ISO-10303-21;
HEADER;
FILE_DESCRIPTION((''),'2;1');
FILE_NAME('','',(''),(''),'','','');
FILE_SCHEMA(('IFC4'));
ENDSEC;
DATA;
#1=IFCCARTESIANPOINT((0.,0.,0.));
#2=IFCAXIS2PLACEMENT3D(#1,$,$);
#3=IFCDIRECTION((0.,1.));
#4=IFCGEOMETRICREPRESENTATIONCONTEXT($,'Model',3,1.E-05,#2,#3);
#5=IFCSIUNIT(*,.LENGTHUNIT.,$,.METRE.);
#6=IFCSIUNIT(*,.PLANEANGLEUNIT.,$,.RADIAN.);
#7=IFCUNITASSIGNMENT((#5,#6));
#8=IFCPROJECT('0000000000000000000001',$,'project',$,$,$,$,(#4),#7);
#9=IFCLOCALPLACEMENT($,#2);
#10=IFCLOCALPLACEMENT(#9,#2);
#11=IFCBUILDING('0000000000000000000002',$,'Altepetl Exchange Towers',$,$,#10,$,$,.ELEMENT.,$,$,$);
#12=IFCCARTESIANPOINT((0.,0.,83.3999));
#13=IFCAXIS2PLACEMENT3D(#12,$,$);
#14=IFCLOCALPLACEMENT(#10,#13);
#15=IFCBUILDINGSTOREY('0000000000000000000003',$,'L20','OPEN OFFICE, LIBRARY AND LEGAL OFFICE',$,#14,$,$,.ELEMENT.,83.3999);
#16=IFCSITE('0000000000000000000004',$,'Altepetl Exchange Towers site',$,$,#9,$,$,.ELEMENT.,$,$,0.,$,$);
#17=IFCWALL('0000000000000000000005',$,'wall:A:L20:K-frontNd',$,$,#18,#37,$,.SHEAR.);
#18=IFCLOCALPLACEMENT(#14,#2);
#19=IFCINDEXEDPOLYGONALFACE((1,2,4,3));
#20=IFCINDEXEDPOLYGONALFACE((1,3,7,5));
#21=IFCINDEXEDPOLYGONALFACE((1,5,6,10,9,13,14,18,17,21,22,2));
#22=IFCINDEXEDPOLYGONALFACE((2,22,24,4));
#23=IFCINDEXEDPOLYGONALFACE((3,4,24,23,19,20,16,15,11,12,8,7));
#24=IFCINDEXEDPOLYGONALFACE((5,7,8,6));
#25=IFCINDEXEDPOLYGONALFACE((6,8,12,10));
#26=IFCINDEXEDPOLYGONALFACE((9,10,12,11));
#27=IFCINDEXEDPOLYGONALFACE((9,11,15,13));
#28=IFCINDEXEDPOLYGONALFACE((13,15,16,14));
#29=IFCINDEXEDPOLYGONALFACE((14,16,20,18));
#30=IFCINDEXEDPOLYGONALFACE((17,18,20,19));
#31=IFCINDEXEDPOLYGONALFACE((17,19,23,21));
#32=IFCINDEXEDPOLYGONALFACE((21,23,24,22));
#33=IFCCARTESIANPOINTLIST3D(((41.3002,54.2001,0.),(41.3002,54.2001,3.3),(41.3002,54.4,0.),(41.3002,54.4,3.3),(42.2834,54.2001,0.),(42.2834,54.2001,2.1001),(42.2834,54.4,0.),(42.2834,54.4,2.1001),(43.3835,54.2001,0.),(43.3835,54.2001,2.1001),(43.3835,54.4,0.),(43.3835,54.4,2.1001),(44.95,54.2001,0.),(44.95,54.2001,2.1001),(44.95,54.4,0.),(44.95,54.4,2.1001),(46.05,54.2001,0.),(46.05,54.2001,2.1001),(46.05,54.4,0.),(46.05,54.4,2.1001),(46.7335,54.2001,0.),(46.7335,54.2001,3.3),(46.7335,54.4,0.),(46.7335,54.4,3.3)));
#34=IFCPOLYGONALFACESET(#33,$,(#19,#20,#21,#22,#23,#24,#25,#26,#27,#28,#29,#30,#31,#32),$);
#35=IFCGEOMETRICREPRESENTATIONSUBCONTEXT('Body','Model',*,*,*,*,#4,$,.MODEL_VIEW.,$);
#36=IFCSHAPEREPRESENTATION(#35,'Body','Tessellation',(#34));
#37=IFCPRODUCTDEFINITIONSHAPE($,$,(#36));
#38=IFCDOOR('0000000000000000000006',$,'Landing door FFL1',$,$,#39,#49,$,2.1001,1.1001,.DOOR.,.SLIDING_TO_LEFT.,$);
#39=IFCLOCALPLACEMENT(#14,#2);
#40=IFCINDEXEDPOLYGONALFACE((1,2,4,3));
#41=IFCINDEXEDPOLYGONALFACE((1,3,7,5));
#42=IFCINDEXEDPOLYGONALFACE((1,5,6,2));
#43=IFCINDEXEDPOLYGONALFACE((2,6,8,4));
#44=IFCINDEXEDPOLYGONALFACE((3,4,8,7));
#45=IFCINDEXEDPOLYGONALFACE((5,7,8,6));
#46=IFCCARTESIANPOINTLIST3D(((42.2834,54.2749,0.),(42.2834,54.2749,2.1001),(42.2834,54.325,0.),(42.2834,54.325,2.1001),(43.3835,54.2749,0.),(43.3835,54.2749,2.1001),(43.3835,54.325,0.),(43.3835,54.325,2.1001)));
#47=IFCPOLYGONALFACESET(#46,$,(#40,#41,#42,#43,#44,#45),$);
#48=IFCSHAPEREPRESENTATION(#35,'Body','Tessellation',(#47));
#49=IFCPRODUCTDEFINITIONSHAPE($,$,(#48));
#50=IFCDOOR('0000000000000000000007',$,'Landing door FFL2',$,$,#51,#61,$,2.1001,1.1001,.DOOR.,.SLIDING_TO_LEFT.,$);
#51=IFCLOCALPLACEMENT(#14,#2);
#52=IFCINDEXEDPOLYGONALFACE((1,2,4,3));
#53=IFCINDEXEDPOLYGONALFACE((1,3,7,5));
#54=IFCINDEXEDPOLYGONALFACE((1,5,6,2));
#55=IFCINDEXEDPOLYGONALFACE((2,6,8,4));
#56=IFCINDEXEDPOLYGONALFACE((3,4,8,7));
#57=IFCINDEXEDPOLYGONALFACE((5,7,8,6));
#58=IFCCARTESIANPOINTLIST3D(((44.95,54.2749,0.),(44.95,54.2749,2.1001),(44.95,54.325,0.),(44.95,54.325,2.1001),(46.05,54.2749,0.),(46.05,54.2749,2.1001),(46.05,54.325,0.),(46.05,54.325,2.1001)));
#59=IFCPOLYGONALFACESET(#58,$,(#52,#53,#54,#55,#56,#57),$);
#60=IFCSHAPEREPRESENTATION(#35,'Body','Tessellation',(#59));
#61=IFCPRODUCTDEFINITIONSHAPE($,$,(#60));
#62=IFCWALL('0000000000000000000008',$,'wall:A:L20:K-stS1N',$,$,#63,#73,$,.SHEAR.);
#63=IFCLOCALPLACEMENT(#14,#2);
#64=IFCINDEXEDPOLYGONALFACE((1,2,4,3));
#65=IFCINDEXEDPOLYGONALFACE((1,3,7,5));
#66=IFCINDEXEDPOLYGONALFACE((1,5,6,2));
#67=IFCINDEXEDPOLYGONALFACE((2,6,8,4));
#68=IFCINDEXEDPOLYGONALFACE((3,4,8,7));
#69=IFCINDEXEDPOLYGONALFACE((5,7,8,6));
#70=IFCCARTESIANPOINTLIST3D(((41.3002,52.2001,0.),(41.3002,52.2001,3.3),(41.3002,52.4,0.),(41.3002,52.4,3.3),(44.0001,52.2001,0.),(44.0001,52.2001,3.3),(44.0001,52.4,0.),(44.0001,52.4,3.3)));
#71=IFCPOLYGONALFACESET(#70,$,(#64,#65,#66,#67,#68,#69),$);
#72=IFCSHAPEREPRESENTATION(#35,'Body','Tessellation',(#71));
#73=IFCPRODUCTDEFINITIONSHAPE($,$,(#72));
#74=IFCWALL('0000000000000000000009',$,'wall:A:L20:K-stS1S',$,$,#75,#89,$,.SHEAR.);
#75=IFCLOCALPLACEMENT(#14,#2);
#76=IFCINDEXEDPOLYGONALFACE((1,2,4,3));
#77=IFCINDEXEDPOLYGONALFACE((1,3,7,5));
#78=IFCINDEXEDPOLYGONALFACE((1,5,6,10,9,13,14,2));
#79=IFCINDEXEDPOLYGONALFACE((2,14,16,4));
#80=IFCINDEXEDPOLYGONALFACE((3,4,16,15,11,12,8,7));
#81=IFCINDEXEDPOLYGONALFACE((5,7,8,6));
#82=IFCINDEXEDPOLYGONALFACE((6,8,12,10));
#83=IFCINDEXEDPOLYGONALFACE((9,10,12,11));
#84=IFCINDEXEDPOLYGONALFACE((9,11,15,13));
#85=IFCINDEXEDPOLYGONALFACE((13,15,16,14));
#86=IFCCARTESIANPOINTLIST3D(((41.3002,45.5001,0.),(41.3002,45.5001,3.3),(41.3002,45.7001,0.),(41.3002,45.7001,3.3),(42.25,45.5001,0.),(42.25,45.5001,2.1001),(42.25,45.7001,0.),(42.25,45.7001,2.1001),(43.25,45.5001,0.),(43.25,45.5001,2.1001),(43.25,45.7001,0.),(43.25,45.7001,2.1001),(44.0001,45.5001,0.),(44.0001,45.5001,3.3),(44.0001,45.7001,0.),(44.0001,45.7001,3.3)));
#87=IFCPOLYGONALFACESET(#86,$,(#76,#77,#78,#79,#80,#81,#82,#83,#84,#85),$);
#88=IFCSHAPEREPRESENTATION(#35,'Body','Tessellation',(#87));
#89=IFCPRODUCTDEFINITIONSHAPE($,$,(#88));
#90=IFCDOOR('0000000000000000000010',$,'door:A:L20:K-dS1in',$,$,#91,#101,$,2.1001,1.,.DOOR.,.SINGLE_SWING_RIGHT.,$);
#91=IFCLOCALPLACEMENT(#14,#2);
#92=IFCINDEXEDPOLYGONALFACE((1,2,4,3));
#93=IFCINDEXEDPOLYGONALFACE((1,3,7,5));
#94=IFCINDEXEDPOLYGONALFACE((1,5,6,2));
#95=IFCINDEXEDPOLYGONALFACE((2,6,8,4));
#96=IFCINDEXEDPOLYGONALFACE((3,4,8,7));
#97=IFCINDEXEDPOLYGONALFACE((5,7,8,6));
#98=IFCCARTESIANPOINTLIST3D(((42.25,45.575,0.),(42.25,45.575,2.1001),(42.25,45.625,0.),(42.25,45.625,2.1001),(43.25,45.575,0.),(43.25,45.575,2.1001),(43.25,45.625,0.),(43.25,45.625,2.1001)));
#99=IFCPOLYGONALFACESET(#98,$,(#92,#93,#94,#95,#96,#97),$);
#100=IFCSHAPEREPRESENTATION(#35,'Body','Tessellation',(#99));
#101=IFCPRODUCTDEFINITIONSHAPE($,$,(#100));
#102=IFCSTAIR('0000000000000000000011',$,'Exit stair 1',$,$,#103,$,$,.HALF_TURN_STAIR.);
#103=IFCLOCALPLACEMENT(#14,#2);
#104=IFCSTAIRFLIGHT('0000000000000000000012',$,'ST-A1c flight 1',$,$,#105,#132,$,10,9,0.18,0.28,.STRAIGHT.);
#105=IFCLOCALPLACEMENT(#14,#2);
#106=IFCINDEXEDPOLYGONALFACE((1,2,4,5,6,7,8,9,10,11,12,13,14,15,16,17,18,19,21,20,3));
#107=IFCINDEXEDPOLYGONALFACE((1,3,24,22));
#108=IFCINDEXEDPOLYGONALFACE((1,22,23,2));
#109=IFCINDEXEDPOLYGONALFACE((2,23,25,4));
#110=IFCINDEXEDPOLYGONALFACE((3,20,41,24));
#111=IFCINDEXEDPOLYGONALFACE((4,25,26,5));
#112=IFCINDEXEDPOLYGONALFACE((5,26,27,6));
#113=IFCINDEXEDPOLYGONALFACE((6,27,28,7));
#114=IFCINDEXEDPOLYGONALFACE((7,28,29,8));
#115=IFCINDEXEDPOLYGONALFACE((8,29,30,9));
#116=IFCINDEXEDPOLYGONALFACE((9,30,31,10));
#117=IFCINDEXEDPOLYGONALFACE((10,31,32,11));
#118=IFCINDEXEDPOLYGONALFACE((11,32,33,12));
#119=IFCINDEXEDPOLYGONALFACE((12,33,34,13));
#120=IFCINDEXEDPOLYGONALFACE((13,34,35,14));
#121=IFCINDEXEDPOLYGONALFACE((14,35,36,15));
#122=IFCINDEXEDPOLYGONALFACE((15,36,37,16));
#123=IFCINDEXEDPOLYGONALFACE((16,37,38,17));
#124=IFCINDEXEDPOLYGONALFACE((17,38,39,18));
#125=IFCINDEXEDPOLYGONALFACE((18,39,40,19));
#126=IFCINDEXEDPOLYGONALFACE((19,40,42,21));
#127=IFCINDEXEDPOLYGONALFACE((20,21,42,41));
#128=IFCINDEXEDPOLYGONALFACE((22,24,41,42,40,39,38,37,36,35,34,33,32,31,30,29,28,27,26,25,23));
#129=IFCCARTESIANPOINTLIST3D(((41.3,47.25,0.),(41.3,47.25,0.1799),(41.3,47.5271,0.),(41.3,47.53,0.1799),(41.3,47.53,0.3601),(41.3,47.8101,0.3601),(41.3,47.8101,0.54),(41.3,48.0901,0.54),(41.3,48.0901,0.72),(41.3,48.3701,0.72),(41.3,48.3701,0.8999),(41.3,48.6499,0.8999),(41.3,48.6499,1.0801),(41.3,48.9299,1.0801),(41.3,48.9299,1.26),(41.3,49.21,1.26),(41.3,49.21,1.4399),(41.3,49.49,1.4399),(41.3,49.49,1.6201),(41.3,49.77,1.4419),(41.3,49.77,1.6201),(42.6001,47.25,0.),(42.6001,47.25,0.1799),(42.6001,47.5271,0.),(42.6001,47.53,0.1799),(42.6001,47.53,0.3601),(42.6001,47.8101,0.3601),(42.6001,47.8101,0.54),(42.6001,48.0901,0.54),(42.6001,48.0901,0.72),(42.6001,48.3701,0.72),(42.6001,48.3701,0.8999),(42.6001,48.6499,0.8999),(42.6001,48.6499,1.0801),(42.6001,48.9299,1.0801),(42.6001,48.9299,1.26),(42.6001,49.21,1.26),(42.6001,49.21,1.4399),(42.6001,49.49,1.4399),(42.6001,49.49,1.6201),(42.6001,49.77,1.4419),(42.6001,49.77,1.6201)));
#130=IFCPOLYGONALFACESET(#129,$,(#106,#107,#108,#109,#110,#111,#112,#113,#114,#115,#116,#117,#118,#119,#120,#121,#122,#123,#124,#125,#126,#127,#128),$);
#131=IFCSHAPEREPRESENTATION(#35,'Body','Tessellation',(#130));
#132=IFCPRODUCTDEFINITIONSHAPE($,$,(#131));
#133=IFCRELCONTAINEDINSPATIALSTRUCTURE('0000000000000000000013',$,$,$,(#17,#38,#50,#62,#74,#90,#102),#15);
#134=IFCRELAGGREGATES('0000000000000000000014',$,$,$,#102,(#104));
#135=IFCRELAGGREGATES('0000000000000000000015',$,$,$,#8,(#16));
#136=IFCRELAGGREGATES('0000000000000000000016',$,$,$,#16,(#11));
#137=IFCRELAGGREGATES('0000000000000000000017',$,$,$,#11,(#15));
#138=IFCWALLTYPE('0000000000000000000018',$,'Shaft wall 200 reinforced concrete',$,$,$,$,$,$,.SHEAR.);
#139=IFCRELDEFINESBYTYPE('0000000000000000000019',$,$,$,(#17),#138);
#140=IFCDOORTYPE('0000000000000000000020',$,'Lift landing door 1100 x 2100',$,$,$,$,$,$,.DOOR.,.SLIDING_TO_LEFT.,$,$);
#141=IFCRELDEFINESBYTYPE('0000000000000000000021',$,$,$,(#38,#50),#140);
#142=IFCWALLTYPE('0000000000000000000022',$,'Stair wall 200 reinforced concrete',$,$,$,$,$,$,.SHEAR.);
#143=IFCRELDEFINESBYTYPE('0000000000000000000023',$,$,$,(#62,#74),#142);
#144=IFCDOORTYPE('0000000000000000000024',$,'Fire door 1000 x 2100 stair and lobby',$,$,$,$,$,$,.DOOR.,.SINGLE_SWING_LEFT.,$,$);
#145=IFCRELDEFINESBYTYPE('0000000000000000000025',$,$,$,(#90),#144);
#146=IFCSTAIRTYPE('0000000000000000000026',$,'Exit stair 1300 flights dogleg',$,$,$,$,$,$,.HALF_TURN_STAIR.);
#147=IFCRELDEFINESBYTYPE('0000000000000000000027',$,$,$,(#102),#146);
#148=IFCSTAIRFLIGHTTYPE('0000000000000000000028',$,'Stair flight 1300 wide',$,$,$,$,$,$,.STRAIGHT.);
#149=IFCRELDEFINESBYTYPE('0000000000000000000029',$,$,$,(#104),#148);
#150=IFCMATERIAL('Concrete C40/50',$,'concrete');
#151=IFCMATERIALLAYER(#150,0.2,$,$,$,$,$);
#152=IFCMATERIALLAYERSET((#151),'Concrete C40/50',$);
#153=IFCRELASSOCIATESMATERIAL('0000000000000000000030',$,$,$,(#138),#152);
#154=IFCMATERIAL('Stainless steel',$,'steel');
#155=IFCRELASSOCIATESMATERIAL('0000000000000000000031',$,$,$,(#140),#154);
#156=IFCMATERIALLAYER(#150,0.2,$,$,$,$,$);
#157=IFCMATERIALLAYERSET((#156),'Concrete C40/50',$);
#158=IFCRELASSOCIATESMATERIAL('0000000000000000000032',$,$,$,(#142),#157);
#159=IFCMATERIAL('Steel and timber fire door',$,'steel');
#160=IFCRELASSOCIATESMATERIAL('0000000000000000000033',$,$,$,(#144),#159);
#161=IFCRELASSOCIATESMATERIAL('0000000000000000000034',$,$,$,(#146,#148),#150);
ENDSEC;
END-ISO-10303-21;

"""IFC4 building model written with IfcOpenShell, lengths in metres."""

from ifc_helpers import new_model, si_unit, direction, frame, frame_2d, origin, place, context, subcontext, project, spatial, polyline, rectangle, outline, extrude, material, layer, layer_set, type_object, element, fill, aggregate, save


model = new_model("IFC4")

# Units and contexts
model_context = context("Model", 3, precision=1e-05, world=origin(), true_north=direction((0.0, 1.0)))
body_context = subcontext(model_context, "Body", "Model", "MODEL_VIEW")
ifc_project = project(units=[si_unit("LENGTHUNIT", "METRE"), si_unit("PLANEANGLEUNIT", "RADIAN")], contexts=[model_context])

# Site, building, storey
site_placement = place(None, origin())
site = spatial("IfcSite", under=ifc_project, at=site_placement, Name="Altepetl Exchange Towers site", CompositionType="ELEMENT", RefElevation=0.0)
building_placement = place(site_placement, origin())
building = spatial("IfcBuilding", under=site, at=building_placement, Name="Altepetl Exchange Towers", CompositionType="ELEMENT")
storey_placement = place(building_placement, frame((0.0, 0.0, 83.3999)))
storey = spatial("IfcBuildingStorey", under=building, at=storey_placement, Name="L20", Description="OPEN OFFICE, LIBRARY AND LEGAL OFFICE", CompositionType="ELEMENT", Elevation=83.3999)

# Wall, openings, doors
ifc_material_1 = material(Name="Concrete C40/50", Category="concrete")
ifc_layer_1 = layer(ifc_material_1, 0.2)
ifc_layer_set_1 = layer_set([ifc_layer_1], Name="Concrete C40/50")
wall_type_1 = type_object("IfcWallType", Name="Shaft wall 200 reinforced concrete", PredefinedType="SHEAR", material=ifc_layer_set_1)
wall_1_placement = place(storey_placement, frame((41.3, 54.3, 0.0)))
wall_1 = element("IfcWall", 1, at=wall_1_placement, inside=storey, type_object=wall_type_1, Name="wall:A:L20:K-frontNd", PredefinedType="SHEAR", context=body_context, shape_type="SweptSolid", body=[
    extrude(rectangle(XDim=5.4333, YDim=0.2, at=frame_2d((2.7168, 0.0))), origin(), (0.0, 0.0, 1.0), 3.3),
])
opening_1_placement = place(wall_1_placement, frame((0.9834, 0.0, 0.0)))
opening_1 = element("IfcOpeningElement", 2, at=opening_1_placement, cuts=wall_1, PredefinedType="OPENING", context=body_context, shape_type="SweptSolid", body=[
    extrude(rectangle(XDim=1.1001, YDim=2.1001, at=frame_2d((0.55, 1.05))), frame((0.0, 0.1099, 0.0), z_axis=(0.0, -1.0, 0.0), x_axis=(1.0, 0.0, 0.0)), (0.0, 0.0, 1.0), 0.22),
])
opening_2_placement = place(wall_1_placement, frame((3.6499, 0.0, 0.0)))
opening_2 = element("IfcOpeningElement", 3, at=opening_2_placement, cuts=wall_1, PredefinedType="OPENING", context=body_context, shape_type="SweptSolid", body=[
    extrude(rectangle(XDim=1.1001, YDim=2.1001, at=frame_2d((0.55, 1.05))), frame((0.0, 0.1099, 0.0), z_axis=(0.0, -1.0, 0.0), x_axis=(1.0, 0.0, 0.0)), (0.0, 0.0, 1.0), 0.22),
])
ifc_material_2 = material(Name="Stainless steel", Category="steel")
door_type_1 = type_object("IfcDoorType", Name="Lift landing door 1100 x 2100", OperationType="SLIDING_TO_LEFT", PredefinedType="DOOR", material=ifc_material_2)
door_1_placement = place(opening_1_placement, origin())
door_1 = element("IfcDoor", 4, at=door_1_placement, inside=storey, type_object=door_type_1, Name="Landing door FFL1", OperationType="SLIDING_TO_LEFT", OverallHeight=2.1001, OverallWidth=1.1001, PredefinedType="DOOR", context=body_context, shape_type="SweptSolid", body=[
    extrude(rectangle(XDim=1.1001, YDim=2.1001, at=frame_2d((0.55, 1.05))), frame((0.0, 0.0249, 0.0), z_axis=(0.0, -1.0, 0.0), x_axis=(1.0, 0.0, 0.0)), (0.0, 0.0, 1.0), 0.05),
])
fill(opening_1, door_1)
door_2_placement = place(opening_2_placement, origin())
door_2 = element("IfcDoor", 5, at=door_2_placement, inside=storey, type_object=door_type_1, Name="Landing door FFL2", OperationType="SLIDING_TO_LEFT", OverallHeight=2.1001, OverallWidth=1.1001, PredefinedType="DOOR", context=body_context, shape_type="SweptSolid", body=[
    extrude(rectangle(XDim=1.1001, YDim=2.1001, at=frame_2d((0.55, 1.05))), frame((0.0, 0.0249, 0.0), z_axis=(0.0, -1.0, 0.0), x_axis=(1.0, 0.0, 0.0)), (0.0, 0.0, 1.0), 0.05),
])
fill(opening_2, door_2)

# Wall
ifc_layer_2 = layer(ifc_material_1, 0.2)
ifc_layer_set_2 = layer_set([ifc_layer_2], Name="Concrete C40/50")
wall_type_2 = type_object("IfcWallType", Name="Stair wall 200 reinforced concrete", PredefinedType="SHEAR", material=ifc_layer_set_2)
wall_2_placement = place(storey_placement, frame((41.3, 52.3, 0.0)))
element("IfcWall", 6, at=wall_2_placement, inside=storey, type_object=wall_type_2, Name="wall:A:L20:K-stS1N", PredefinedType="SHEAR", context=body_context, shape_type="SweptSolid", body=[
    extrude(rectangle(XDim=2.7, YDim=0.2, at=frame_2d((1.3501, 0.0))), origin(), (0.0, 0.0, 1.0), 3.3),
])

# Wall, opening, door
wall_3_placement = place(storey_placement, frame((41.3, 45.6001, 0.0)))
wall_3 = element("IfcWall", 7, at=wall_3_placement, inside=storey, type_object=wall_type_2, Name="wall:A:L20:K-stS1S", PredefinedType="SHEAR", context=body_context, shape_type="SweptSolid", body=[
    extrude(rectangle(XDim=2.7, YDim=0.2, at=frame_2d((1.3501, 0.0))), origin(), (0.0, 0.0, 1.0), 3.3),
])
opening_3_placement = place(wall_3_placement, frame((0.95, 0.0, 0.0)))
opening_3 = element("IfcOpeningElement", 8, at=opening_3_placement, cuts=wall_3, PredefinedType="OPENING", context=body_context, shape_type="SweptSolid", body=[
    extrude(rectangle(XDim=1.0, YDim=2.1001, at=frame_2d((0.5, 1.05))), frame((0.0, 0.1099, 0.0), z_axis=(0.0, -1.0, 0.0), x_axis=(1.0, 0.0, 0.0)), (0.0, 0.0, 1.0), 0.22),
])
ifc_material_3 = material(Name="Steel and timber fire door", Category="steel")
door_type_2 = type_object("IfcDoorType", Name="Fire door 1000 x 2100 stair and lobby", OperationType="SINGLE_SWING_LEFT", PredefinedType="DOOR", material=ifc_material_3)
door_3_placement = place(opening_3_placement, origin())
door_3 = element("IfcDoor", 9, at=door_3_placement, inside=storey, type_object=door_type_2, Name="door:A:L20:K-dS1in", OperationType="SINGLE_SWING_RIGHT", OverallHeight=2.1001, OverallWidth=1.0, PredefinedType="DOOR", context=body_context, shape_type="SweptSolid", body=[
    extrude(rectangle(XDim=1.0, YDim=2.1001, at=frame_2d((0.5, 1.05))), frame((0.0, 0.0249, 0.0), z_axis=(0.0, -1.0, 0.0), x_axis=(1.0, 0.0, 0.0)), (0.0, 0.0, 1.0), 0.05),
])
fill(opening_3, door_3)

# Stair, stair flight
stair_type = type_object("IfcStairType", Name="Exit stair 1300 flights dogleg", PredefinedType="HALF_TURN_STAIR", material=ifc_material_1)
stair_placement = place(storey_placement, origin())
stair = element("IfcStair", 10, at=stair_placement, inside=storey, type_object=stair_type, Name="Exit stair 1", PredefinedType="HALF_TURN_STAIR")
stair_flight_type = type_object("IfcStairFlightType", Name="Stair flight 1300 wide", PredefinedType="STRAIGHT", material=ifc_material_1)
stair_flight_placement = place(storey_placement, frame((41.95, 47.25, 0.0), z_axis=(0.0, 0.0, 1.0), x_axis=(0.0, 1.0, 0.0)))
stair_flight = element("IfcStairFlight", 11, at=stair_flight_placement, type_object=stair_flight_type, Name="ST-A1c flight 1", NumberOfRisers=10, NumberOfTreads=9, PredefinedType="STRAIGHT", RiserHeight=0.18, TreadLength=0.28, context=body_context, shape_type="SweptSolid", body=[
    extrude(outline(polyline([(0.0, 0.0), (0.0, 0.1799), (0.28, 0.1799), (0.28, 0.3601), (0.5601, 0.3601), (0.5601, 0.54), (0.8401, 0.54), (0.8401, 0.72), (1.1201, 0.72), (1.1201, 0.8999), (1.3999, 0.8999), (1.3999, 1.0801), (1.6799, 1.0801), (1.6799, 1.26), (1.96, 1.26), (1.96, 1.4399), (2.24, 1.4399), (2.24, 1.6201), (2.52, 1.6201), (2.52, 1.8), (2.52, 1.4419), (0.2771, 0.0), (0.0, 0.0)])), frame((0.0, 0.6499, 0.0), z_axis=(0.0, -1.0, 0.0), x_axis=(1.0, 0.0, 0.0)), (0.0, 0.0, 1.0), 1.3),
])
aggregate(stair, [stair_flight])

save(model, "model.ifc")
